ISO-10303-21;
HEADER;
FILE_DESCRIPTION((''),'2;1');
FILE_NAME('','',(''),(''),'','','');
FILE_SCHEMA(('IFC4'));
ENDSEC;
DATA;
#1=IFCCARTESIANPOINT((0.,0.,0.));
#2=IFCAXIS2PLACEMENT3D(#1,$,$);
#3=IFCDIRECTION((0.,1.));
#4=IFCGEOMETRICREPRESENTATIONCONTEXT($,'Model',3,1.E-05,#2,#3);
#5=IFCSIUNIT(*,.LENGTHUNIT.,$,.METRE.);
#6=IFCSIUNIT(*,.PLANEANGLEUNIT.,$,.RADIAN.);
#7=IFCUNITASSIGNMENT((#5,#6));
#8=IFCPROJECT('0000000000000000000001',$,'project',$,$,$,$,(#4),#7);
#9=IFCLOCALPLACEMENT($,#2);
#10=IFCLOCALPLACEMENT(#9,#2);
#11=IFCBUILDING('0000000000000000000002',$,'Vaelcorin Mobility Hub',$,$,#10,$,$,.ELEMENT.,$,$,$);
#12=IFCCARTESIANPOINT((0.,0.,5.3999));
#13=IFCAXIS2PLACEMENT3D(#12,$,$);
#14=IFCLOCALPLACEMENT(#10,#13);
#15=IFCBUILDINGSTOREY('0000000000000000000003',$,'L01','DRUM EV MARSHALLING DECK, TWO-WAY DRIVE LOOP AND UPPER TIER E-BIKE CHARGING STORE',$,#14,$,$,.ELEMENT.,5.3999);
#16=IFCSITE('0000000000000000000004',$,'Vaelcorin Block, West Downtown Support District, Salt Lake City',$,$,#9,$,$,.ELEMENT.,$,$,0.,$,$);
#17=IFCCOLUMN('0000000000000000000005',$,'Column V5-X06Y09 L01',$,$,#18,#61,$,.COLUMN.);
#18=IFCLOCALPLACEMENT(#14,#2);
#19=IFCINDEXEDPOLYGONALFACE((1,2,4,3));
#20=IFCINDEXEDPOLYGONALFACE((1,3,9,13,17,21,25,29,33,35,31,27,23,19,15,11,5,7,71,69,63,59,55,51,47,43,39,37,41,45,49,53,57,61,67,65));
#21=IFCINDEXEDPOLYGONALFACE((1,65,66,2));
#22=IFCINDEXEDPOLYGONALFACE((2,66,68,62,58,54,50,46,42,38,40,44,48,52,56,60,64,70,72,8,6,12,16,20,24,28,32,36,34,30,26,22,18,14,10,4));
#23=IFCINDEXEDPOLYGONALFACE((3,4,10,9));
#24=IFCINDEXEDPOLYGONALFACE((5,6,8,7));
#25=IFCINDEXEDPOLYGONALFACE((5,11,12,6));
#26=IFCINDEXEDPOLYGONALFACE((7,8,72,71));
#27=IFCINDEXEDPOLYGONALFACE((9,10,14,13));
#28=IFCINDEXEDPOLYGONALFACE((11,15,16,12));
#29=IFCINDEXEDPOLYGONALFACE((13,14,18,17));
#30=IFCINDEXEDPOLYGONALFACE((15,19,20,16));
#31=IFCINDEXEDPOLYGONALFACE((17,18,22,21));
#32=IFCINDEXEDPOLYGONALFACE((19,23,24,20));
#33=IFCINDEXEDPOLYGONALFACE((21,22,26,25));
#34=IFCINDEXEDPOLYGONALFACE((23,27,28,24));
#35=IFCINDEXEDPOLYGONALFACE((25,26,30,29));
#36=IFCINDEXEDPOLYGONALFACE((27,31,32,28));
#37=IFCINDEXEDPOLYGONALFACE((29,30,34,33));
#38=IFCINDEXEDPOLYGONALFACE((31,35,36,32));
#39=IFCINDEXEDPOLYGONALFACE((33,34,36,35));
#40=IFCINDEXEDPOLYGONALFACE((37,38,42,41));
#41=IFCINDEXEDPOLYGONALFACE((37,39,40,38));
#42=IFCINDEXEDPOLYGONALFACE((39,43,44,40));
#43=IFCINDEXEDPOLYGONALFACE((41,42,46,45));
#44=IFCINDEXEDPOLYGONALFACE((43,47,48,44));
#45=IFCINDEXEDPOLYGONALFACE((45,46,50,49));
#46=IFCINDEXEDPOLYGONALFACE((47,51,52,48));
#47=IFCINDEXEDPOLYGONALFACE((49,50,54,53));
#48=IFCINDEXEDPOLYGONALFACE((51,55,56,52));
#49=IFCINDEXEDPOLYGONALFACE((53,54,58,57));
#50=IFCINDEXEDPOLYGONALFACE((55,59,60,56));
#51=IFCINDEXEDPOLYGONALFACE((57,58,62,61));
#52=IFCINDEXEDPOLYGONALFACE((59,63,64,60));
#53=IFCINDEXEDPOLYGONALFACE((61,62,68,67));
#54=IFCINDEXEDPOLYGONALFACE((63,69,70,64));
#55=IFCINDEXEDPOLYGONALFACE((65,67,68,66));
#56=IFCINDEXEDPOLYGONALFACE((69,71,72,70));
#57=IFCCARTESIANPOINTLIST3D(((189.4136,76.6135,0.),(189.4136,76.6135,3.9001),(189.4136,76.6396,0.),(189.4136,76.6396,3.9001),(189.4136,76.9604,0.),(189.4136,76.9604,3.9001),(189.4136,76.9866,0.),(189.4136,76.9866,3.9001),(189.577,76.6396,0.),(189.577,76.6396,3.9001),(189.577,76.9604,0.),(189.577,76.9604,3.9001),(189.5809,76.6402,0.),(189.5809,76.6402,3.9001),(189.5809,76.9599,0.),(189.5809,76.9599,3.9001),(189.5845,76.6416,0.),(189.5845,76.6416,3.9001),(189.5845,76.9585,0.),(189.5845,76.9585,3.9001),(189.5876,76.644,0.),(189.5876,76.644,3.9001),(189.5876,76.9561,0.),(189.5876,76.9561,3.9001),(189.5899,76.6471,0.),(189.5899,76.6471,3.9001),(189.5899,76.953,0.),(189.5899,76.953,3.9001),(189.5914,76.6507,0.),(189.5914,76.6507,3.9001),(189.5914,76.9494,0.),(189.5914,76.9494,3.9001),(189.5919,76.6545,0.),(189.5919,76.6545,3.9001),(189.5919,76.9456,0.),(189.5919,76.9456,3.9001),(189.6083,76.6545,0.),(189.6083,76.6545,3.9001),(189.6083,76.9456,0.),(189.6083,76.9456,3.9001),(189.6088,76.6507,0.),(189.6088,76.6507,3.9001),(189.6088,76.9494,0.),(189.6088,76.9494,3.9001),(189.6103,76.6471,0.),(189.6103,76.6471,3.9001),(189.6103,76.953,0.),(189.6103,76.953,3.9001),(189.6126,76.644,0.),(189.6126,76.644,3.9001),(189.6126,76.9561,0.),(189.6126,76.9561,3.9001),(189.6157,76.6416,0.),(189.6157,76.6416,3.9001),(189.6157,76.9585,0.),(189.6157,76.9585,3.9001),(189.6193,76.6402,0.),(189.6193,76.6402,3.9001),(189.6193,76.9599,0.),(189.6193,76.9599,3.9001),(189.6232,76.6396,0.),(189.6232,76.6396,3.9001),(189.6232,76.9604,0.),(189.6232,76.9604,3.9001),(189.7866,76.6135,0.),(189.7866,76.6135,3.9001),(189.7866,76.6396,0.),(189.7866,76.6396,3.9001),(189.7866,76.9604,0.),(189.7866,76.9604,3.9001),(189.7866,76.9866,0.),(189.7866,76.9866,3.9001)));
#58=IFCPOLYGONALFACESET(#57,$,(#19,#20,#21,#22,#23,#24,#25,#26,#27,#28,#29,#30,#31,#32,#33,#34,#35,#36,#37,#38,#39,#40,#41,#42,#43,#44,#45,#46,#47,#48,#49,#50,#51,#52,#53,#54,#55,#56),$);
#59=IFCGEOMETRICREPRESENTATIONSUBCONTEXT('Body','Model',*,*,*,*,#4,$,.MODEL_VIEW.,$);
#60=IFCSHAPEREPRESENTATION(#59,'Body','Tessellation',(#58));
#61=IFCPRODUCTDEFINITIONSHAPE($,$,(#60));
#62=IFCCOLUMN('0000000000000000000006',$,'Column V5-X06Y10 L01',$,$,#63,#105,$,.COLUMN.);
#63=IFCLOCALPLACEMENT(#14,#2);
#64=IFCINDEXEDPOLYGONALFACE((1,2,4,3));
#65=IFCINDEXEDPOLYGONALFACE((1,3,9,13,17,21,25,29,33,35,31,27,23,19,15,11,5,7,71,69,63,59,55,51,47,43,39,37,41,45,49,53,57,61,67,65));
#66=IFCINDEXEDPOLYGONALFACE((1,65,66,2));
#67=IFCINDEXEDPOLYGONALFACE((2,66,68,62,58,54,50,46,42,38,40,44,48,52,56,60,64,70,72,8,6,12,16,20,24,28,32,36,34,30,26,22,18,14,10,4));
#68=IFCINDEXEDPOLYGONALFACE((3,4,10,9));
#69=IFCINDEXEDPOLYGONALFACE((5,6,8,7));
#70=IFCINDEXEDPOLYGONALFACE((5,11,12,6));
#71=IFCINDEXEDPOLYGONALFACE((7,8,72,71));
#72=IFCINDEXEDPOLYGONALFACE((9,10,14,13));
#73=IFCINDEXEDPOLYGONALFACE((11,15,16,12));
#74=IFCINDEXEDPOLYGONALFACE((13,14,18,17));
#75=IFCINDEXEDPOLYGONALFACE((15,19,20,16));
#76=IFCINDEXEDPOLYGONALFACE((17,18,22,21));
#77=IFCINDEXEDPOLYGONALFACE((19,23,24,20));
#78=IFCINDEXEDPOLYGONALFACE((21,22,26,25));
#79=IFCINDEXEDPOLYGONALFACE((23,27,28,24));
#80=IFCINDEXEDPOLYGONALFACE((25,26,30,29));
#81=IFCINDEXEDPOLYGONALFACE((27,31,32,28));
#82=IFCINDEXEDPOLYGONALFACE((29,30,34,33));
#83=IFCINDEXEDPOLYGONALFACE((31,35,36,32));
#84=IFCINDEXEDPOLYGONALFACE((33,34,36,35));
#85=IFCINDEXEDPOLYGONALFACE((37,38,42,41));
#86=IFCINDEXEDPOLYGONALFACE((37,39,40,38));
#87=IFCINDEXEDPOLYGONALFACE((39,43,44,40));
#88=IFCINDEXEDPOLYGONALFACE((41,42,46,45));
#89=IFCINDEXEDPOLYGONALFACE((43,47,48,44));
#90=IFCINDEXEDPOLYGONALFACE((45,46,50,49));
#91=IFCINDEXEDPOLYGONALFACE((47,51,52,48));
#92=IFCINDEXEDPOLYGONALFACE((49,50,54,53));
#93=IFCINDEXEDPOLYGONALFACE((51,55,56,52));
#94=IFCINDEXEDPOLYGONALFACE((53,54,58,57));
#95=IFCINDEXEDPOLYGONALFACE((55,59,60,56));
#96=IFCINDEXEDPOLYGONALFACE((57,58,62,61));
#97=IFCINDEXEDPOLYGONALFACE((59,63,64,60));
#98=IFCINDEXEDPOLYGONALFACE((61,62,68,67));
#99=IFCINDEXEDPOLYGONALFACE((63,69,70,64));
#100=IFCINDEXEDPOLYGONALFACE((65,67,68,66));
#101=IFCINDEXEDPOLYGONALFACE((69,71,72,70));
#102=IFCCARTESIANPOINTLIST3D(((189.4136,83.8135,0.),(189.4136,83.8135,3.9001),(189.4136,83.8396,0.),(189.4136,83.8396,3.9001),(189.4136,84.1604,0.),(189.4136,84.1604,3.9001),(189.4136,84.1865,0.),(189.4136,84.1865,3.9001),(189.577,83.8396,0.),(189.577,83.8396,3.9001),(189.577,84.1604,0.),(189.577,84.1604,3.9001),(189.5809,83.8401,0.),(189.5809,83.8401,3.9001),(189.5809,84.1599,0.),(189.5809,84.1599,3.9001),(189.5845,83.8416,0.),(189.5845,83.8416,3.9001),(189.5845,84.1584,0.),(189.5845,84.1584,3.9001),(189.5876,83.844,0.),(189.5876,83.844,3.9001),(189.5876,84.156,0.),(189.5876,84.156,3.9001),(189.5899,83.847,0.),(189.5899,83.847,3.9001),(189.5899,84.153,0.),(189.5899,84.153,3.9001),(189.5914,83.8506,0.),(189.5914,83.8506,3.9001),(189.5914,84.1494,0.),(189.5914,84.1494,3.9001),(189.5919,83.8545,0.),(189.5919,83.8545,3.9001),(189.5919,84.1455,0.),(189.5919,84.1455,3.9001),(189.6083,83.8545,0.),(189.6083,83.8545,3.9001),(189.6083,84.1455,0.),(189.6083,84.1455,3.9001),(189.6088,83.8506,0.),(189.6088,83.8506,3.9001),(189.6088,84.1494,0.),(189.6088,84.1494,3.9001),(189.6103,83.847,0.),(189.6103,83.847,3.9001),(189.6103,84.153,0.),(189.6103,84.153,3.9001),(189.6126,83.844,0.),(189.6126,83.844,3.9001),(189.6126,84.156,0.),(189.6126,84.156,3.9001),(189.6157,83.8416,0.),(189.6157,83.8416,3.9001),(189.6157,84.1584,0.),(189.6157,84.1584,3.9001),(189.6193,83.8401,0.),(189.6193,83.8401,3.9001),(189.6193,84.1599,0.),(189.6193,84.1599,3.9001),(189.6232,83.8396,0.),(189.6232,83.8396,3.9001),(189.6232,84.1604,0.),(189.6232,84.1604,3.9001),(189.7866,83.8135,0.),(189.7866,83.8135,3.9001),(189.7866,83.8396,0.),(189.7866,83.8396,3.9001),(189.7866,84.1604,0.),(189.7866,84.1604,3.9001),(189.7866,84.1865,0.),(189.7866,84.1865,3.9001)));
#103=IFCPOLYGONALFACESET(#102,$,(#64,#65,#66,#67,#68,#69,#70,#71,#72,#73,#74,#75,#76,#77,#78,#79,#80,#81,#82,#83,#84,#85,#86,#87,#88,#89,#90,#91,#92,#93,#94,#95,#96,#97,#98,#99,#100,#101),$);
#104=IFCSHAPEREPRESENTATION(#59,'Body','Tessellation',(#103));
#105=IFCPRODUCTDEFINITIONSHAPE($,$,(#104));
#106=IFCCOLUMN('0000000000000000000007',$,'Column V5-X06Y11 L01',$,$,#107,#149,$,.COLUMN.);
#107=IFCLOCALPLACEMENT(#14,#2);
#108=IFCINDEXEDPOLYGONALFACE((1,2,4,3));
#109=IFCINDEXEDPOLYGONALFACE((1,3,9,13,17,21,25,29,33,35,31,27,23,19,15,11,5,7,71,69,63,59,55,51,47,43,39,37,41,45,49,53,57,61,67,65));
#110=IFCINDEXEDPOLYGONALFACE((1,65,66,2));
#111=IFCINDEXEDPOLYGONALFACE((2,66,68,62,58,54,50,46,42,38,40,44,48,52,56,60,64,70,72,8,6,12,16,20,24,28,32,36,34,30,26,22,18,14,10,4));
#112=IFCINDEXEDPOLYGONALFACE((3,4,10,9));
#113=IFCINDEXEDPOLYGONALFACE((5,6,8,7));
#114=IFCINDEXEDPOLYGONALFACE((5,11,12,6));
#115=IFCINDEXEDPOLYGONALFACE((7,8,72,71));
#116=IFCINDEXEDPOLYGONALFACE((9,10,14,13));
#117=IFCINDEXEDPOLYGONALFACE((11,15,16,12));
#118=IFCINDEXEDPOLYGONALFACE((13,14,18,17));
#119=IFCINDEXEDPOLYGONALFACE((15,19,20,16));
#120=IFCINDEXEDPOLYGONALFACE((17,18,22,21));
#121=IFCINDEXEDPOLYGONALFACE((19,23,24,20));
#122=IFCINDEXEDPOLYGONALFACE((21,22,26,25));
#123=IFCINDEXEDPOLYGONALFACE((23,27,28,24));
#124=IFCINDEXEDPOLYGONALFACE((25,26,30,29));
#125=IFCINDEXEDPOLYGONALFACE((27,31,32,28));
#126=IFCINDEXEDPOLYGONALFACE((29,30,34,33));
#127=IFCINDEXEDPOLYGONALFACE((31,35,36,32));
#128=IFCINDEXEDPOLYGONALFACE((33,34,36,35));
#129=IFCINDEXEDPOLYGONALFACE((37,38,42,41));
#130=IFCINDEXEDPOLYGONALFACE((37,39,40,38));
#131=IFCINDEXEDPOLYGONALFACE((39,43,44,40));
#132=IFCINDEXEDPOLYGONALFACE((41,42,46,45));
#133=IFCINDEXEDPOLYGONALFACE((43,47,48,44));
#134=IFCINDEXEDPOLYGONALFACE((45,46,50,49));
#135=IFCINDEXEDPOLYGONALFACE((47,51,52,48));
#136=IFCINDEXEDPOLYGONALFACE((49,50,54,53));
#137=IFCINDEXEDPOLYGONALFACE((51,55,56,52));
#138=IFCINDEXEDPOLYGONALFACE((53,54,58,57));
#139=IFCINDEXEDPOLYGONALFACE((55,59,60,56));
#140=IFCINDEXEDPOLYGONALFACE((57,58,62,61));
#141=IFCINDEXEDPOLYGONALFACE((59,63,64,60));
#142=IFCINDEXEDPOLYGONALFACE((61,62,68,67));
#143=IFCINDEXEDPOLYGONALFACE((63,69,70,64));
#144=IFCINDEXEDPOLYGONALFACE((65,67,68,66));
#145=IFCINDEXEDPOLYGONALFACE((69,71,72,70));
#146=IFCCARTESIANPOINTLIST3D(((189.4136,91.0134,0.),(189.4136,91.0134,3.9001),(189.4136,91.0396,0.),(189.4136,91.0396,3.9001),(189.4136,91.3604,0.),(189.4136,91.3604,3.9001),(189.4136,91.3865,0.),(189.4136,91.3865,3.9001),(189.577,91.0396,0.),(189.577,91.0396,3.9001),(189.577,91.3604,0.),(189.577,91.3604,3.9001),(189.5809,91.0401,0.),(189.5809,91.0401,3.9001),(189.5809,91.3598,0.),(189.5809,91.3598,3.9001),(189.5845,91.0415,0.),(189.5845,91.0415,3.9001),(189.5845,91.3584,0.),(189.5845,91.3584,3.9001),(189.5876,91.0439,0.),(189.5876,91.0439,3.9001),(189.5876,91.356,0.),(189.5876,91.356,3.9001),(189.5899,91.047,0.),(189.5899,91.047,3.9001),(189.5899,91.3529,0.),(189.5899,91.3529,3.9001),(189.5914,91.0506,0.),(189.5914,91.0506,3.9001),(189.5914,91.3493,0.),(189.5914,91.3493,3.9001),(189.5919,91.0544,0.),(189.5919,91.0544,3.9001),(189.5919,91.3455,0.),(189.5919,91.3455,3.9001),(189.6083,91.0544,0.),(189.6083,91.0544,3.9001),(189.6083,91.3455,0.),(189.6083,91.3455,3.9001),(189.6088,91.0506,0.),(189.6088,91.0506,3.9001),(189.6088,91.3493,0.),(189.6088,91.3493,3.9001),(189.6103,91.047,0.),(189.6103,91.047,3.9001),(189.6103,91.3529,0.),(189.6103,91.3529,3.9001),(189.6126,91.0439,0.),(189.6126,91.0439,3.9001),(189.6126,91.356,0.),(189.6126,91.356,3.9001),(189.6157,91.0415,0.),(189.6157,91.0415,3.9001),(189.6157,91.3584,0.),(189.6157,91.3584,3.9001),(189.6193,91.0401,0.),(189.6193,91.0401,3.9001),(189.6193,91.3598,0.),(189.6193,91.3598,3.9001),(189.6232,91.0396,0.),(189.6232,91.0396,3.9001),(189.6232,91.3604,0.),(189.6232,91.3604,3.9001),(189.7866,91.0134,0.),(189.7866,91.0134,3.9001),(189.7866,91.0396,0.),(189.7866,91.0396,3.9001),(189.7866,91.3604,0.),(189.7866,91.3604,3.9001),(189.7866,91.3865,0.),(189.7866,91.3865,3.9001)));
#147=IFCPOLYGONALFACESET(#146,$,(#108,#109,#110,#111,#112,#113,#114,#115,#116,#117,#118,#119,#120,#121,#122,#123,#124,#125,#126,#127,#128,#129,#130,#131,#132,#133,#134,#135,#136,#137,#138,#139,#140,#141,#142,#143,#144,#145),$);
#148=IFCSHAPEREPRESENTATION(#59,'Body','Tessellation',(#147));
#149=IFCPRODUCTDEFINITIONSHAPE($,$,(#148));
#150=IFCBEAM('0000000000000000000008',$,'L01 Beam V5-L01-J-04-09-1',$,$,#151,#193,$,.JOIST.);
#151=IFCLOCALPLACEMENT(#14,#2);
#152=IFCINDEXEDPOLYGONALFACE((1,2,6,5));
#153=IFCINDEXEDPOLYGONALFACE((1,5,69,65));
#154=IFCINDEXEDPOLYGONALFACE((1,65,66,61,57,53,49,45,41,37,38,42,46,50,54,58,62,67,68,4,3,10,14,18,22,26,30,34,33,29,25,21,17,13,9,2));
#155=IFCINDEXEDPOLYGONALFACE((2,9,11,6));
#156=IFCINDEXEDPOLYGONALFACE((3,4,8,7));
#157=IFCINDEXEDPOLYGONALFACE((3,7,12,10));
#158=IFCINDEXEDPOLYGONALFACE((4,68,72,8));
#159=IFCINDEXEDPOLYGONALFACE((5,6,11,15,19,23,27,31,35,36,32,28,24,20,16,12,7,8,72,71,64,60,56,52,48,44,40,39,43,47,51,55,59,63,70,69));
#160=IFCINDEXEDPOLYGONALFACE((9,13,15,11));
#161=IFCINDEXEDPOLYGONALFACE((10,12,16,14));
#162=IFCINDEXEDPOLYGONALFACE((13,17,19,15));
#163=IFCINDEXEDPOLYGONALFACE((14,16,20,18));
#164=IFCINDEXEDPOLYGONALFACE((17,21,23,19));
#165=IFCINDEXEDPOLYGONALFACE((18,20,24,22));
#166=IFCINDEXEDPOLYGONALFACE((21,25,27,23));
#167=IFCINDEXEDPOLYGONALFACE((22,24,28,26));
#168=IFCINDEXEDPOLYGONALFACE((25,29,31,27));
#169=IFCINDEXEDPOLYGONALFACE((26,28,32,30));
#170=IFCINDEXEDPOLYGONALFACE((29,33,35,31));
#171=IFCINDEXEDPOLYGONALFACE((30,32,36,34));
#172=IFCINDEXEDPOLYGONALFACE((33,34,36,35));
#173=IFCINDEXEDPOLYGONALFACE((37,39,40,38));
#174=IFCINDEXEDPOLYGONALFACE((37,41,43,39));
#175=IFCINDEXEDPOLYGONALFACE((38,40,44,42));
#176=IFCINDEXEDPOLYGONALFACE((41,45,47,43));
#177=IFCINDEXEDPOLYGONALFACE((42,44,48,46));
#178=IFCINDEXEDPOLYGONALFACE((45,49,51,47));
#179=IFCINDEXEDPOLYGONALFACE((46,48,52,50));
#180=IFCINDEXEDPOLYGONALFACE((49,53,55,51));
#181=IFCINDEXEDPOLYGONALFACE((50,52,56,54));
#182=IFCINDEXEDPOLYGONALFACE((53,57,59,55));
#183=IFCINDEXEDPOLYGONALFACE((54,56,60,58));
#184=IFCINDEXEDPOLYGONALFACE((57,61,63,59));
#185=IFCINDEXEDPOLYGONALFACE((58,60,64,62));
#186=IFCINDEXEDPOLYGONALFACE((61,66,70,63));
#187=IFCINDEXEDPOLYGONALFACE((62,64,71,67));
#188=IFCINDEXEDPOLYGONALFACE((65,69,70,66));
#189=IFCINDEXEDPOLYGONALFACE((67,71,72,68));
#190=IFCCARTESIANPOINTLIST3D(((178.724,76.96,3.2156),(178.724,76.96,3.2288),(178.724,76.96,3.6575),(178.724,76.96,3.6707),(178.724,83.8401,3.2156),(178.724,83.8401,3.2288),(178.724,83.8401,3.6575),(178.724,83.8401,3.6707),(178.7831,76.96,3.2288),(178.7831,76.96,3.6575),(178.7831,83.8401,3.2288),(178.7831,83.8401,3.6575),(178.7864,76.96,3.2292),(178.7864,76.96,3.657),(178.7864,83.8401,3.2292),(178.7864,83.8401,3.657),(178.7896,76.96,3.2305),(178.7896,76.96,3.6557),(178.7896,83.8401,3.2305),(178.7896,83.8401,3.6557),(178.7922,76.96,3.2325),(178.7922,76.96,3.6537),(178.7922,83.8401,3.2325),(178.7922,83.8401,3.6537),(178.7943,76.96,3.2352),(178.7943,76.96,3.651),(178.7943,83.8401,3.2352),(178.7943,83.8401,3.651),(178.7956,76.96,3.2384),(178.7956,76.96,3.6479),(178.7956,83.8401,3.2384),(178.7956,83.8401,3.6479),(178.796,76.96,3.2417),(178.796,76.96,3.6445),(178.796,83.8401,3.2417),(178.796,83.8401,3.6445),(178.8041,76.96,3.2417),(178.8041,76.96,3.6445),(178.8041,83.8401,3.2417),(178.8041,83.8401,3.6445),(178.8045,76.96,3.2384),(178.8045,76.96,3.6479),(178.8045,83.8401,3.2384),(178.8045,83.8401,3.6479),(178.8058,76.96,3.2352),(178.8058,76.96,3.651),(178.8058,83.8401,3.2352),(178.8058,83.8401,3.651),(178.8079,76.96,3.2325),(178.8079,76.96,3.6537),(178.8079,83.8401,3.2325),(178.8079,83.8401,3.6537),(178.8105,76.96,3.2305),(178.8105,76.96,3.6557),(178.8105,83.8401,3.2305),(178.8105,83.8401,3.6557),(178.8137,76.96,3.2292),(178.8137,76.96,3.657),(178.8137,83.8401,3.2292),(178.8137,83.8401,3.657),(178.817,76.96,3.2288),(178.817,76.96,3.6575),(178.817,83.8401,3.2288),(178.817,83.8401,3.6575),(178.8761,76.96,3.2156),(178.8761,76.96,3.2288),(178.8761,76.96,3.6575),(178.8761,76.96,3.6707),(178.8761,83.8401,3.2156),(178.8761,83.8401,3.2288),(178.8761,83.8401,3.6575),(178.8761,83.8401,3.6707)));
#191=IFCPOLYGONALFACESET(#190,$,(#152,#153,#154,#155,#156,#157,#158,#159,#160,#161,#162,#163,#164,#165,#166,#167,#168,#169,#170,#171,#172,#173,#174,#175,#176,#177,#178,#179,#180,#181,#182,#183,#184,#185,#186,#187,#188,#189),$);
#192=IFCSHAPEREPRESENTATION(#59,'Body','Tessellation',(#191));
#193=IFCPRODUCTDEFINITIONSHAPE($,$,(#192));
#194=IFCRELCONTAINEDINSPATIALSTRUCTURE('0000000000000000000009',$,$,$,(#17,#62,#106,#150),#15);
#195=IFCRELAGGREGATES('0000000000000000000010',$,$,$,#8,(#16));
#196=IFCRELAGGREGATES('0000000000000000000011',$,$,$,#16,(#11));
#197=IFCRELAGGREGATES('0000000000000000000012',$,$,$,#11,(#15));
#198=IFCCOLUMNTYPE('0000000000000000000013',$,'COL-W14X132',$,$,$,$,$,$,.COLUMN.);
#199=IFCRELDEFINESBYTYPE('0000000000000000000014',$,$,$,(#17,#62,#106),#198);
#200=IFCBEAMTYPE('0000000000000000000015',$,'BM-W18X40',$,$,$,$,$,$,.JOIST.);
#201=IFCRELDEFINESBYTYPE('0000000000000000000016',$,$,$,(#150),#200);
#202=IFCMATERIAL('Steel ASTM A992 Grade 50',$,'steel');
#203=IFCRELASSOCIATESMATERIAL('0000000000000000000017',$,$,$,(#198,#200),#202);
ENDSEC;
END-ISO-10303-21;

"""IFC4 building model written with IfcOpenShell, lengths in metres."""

from ifc_helpers import new_model, si_unit, direction, frame, origin, origin_2d, place, context, subcontext, project, spatial, i_section, extrude, material, material_profile, profile_set, type_object, element, save


model = new_model("IFC4")

# Units and contexts
model_context = context("Model", 3, precision=1e-05, world=origin(), true_north=direction((0.0, 1.0)))
body_context = subcontext(model_context, "Body", "Model", "MODEL_VIEW")
ifc_project = project(units=[si_unit("LENGTHUNIT", "METRE"), si_unit("PLANEANGLEUNIT", "RADIAN")], contexts=[model_context])

# Site, building, storey
site_placement = place(None, origin())
site = spatial("IfcSite", under=ifc_project, at=site_placement, Name="Vaelcorin Block, West Downtown Support District, Salt Lake City", CompositionType="ELEMENT", RefElevation=0.0)
building_placement = place(site_placement, origin())
building = spatial("IfcBuilding", under=site, at=building_placement, Name="Vaelcorin Mobility Hub", CompositionType="ELEMENT")
storey_placement = place(building_placement, frame((0.0, 0.0, 5.3999)))
storey = spatial("IfcBuildingStorey", under=building, at=storey_placement, Name="L01", Description="DRUM EV MARSHALLING DECK, TWO-WAY DRIVE LOOP AND UPPER TIER E-BIKE CHARGING STORE", CompositionType="ELEMENT", Elevation=5.3999)

# Columns
ifc_material_1 = material(Name="Steel ASTM A992 Grade 50", Category="steel")
ifc_material_profile_1 = material_profile(ifc_material_1, i_section(OverallWidth=0.373, OverallDepth=0.373, WebThickness=0.0164, FlangeThickness=0.0261, FilletRadius=0.0149, at=origin_2d()), Name="W14X132")
ifc_profile_set_1 = profile_set([ifc_material_profile_1], Name="Steel ASTM A992 Grade 50")
column_type = type_object("IfcColumnType", Name="COL-W14X132", PredefinedType="COLUMN", material=ifc_profile_set_1)
for number, where, z_axis, x_axis, name in (
    (1, (189.6001, 76.8, 0.0), (0.0, 0.0, 1.0), (1.0, 0.0, 0.0), "Column V5-X06Y09 L01"),
    (2, (189.6001, 84.0, 0.0), (0.0, 0.0, 1.0), (1.0, 0.0, 0.0), "Column V5-X06Y10 L01"),
    (3, (189.6001, 91.2, 0.0), (0.0, 0.0, 1.0), (1.0, 0.0, 0.0), "Column V5-X06Y11 L01"),
):
    element("IfcColumn", number, at=place(storey_placement, frame(where, z_axis=z_axis, x_axis=x_axis)), inside=storey, type_object=column_type, Name=name, PredefinedType="COLUMN", context=body_context, shape_type="SweptSolid", body=[
        extrude(i_section(OverallWidth=0.373, OverallDepth=0.373, WebThickness=0.0164, FlangeThickness=0.0261, FilletRadius=0.0149, at=origin_2d()), origin(), (0.0, 0.0, 1.0), 3.9001),
    ])

# Beam
ifc_material_profile_2 = material_profile(ifc_material_1, i_section(OverallWidth=0.1521, OverallDepth=0.4551, WebThickness=0.0081, FlangeThickness=0.0132, FilletRadius=0.0129, at=origin_2d()), Name="W18X40")
ifc_profile_set_2 = profile_set([ifc_material_profile_2], Name="Steel ASTM A992 Grade 50")
beam_type_1 = type_object("IfcBeamType", Name="BM-W18X40", PredefinedType="JOIST", material=ifc_profile_set_2)
for number, where, z_axis, x_axis, name in (
    (4, (178.8, 76.96, 3.4431), (0.0, 1.0, 0.0), (-1.0, 0.0, 0.0), "L01 Beam V5-L01-J-04-09-1"),
):
    element("IfcBeam", number, at=place(storey_placement, frame(where, z_axis=z_axis, x_axis=x_axis)), inside=storey, type_object=beam_type_1, Name=name, PredefinedType="JOIST", context=body_context, shape_type="SweptSolid", body=[
        extrude(i_section(OverallWidth=0.1521, OverallDepth=0.4551, WebThickness=0.0081, FlangeThickness=0.0132, FilletRadius=0.0129, at=origin_2d()), origin(), (0.0, 0.0, 1.0), 6.8801),
    ])

save(model, "model.ifc")
